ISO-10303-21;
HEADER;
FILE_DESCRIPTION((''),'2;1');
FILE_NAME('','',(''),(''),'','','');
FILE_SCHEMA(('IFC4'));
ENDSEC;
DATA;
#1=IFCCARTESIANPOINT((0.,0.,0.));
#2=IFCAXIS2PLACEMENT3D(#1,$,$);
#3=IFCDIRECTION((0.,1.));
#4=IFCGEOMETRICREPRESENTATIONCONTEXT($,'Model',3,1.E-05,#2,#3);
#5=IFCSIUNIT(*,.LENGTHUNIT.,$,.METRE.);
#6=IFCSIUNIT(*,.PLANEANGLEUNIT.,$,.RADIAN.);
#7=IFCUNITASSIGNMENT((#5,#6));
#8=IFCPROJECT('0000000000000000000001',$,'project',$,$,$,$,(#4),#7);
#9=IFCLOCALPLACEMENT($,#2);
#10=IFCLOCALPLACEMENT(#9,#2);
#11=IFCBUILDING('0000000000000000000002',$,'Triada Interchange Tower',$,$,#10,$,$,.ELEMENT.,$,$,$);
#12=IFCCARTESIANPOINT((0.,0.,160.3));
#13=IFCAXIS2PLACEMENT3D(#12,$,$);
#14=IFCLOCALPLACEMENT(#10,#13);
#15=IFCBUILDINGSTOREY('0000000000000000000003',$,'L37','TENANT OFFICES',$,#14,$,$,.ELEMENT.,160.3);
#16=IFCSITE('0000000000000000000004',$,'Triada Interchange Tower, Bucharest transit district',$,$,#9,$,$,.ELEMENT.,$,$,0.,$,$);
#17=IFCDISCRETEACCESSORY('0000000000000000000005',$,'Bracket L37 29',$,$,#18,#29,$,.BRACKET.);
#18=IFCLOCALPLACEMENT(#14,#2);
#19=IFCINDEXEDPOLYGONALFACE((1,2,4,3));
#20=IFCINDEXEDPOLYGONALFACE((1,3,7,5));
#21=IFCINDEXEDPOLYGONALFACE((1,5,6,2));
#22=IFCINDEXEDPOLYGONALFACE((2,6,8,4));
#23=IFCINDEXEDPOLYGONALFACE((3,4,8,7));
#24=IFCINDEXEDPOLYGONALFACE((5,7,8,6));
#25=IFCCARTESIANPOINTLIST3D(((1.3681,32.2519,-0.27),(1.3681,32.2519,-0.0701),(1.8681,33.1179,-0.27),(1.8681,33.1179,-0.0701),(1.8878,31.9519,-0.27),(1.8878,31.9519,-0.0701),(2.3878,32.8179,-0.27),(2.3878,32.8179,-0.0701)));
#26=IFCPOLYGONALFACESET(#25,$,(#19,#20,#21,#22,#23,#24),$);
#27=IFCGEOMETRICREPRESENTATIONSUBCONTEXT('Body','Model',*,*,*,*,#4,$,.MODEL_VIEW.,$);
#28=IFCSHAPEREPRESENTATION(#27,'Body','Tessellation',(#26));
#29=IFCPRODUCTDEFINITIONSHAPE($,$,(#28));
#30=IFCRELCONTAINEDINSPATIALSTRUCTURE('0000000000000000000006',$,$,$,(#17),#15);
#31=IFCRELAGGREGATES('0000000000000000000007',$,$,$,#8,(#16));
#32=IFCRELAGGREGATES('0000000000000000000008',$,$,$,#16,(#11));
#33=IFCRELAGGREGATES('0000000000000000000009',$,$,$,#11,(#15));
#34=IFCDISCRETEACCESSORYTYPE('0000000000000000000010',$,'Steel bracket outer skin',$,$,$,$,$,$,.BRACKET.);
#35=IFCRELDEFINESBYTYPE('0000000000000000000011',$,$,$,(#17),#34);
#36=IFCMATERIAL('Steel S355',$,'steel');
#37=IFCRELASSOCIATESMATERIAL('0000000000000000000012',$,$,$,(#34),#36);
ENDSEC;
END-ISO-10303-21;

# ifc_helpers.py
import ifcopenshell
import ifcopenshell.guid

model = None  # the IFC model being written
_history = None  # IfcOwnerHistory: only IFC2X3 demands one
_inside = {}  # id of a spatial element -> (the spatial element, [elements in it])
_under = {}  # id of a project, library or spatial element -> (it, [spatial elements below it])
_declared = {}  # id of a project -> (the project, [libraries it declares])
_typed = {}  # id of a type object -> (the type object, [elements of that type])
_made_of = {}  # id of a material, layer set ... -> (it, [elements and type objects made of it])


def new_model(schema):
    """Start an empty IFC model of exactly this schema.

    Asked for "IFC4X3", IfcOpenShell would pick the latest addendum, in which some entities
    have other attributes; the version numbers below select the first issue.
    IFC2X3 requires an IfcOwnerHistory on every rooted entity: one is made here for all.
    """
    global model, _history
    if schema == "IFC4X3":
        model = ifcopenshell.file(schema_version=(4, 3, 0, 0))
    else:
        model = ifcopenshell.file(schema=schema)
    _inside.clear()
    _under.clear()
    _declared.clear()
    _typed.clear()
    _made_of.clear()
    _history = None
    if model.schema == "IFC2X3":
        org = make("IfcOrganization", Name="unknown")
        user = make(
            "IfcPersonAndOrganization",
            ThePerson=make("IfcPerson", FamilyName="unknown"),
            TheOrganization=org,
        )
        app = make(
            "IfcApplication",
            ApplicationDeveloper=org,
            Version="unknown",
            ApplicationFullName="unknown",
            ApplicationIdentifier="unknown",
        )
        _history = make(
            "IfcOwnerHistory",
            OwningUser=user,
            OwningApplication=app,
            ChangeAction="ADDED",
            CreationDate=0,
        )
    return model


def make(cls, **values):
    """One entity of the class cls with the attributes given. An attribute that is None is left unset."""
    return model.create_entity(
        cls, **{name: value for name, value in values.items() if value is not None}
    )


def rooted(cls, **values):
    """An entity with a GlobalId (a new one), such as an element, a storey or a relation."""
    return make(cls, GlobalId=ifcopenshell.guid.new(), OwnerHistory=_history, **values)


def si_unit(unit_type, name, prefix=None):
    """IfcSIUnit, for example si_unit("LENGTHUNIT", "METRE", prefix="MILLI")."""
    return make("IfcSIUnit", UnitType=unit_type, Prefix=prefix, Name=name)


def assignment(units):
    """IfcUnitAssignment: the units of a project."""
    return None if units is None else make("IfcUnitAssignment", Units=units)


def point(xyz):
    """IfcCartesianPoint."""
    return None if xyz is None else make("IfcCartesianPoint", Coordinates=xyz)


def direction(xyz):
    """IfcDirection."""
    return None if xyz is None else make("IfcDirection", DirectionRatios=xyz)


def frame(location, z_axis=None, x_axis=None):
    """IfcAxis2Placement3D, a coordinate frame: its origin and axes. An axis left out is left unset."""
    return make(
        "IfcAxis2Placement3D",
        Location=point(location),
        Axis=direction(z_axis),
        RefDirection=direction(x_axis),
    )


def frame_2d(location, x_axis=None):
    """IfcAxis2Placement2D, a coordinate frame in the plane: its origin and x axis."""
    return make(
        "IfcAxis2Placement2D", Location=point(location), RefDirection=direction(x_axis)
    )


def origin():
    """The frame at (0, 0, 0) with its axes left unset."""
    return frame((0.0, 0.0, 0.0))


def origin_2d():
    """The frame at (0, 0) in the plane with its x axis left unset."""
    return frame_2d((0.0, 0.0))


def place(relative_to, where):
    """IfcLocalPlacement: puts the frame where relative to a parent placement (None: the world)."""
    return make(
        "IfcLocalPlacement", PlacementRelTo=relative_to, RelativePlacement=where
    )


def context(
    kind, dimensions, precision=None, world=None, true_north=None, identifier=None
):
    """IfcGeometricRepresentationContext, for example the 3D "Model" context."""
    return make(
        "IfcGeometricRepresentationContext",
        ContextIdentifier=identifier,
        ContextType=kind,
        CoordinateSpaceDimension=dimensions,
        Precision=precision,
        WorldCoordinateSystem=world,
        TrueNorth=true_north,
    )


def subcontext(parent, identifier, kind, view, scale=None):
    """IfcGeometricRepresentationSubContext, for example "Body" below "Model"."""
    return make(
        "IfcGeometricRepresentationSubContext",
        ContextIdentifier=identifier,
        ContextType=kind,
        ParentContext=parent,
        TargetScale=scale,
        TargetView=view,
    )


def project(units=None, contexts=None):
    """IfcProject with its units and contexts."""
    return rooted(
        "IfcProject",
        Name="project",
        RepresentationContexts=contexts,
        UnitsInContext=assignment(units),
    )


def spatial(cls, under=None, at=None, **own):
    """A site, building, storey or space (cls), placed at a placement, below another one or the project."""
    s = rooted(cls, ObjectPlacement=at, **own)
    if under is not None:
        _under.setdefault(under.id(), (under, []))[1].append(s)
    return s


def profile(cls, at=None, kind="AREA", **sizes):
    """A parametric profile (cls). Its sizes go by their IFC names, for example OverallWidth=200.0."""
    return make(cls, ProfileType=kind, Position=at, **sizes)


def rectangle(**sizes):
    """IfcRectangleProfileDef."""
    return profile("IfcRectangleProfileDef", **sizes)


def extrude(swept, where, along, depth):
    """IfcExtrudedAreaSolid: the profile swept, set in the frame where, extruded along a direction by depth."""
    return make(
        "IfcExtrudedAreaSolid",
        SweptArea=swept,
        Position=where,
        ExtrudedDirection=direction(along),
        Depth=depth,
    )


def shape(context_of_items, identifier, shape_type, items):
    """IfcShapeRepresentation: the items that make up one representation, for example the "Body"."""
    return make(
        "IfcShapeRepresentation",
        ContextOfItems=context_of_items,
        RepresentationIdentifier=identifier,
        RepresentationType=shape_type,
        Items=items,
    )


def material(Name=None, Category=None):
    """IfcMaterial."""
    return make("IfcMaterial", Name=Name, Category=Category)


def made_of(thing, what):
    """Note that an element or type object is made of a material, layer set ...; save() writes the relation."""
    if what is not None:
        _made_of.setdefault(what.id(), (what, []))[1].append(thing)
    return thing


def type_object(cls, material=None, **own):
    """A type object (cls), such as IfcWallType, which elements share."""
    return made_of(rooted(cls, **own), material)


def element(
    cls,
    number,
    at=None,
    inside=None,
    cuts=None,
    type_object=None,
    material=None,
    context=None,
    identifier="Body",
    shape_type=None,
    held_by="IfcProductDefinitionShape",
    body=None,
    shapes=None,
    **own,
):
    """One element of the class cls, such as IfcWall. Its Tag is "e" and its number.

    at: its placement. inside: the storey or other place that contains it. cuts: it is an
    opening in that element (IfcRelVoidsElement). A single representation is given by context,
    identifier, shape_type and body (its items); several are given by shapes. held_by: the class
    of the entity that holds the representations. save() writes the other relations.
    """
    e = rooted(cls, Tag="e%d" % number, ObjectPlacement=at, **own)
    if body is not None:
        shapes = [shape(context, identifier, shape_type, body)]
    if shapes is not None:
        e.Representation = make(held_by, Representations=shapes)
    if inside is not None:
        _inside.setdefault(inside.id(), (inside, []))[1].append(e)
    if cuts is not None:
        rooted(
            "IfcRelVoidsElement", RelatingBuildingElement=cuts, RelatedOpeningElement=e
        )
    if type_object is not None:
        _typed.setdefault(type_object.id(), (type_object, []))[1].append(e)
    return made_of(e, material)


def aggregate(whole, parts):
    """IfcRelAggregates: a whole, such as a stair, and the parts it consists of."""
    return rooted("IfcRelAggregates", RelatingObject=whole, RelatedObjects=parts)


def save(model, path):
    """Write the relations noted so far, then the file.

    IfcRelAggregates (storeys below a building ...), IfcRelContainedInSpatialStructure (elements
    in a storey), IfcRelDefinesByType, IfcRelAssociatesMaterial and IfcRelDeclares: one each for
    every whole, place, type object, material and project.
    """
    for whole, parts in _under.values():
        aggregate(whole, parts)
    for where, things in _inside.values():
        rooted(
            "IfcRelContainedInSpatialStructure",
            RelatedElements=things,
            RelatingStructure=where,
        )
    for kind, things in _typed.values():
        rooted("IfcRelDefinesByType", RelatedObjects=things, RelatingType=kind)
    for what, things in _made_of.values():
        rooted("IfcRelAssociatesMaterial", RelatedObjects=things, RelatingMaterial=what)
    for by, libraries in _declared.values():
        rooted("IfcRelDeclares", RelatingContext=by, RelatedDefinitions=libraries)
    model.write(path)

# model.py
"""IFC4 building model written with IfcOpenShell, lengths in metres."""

from ifc_helpers import new_model, si_unit, direction, frame, origin, origin_2d, place, context, subcontext, project, spatial, rectangle, extrude, material, type_object, element, save


model = new_model("IFC4")

# Units and contexts
model_context = context("Model", 3, precision=1e-05, world=origin(), true_north=direction((0.0, 1.0)))
body_context = subcontext(model_context, "Body", "Model", "MODEL_VIEW")
ifc_project = project(units=[si_unit("LENGTHUNIT", "METRE"), si_unit("PLANEANGLEUNIT", "RADIAN")], contexts=[model_context])

# Site, building, storey
site_placement = place(None, origin())
site = spatial("IfcSite", under=ifc_project, at=site_placement, Name="Triada Interchange Tower, Bucharest transit district", CompositionType="ELEMENT", RefElevation=0.0)
building_placement = place(site_placement, origin())
building = spatial("IfcBuilding", under=site, at=building_placement, Name="Triada Interchange Tower", CompositionType="ELEMENT")
storey_placement = place(building_placement, frame((0.0, 0.0, 160.3)))
storey = spatial("IfcBuildingStorey", under=building, at=storey_placement, Name="L37", Description="TENANT OFFICES", CompositionType="ELEMENT", Elevation=160.3)

# Discrete accessory
ifc_material_1 = material(Name="Steel S355", Category="steel")
discrete_accessory_type = type_object("IfcDiscreteAccessoryType", Name="Steel bracket outer skin", PredefinedType="BRACKET", material=ifc_material_1)
for number, where, z_axis, x_axis, name in (
    (1, (1.8779, 32.5349, -0.27), (0.0, 0.0, 1.0), (-0.866014, 0.500019, 0.0), "Bracket L37 29"),
):
    element("IfcDiscreteAccessory", number, at=place(storey_placement, frame(where, z_axis=z_axis, x_axis=x_axis)), inside=storey, type_object=discrete_accessory_type, Name=name, PredefinedType="BRACKET", context=body_context, shape_type="SweptSolid", body=[
        extrude(rectangle(XDim=0.6001, YDim=1.0, at=origin_2d()), origin(), (0.0, 0.0, 1.0), 0.2),
    ])

save(model, "model.ifc")
